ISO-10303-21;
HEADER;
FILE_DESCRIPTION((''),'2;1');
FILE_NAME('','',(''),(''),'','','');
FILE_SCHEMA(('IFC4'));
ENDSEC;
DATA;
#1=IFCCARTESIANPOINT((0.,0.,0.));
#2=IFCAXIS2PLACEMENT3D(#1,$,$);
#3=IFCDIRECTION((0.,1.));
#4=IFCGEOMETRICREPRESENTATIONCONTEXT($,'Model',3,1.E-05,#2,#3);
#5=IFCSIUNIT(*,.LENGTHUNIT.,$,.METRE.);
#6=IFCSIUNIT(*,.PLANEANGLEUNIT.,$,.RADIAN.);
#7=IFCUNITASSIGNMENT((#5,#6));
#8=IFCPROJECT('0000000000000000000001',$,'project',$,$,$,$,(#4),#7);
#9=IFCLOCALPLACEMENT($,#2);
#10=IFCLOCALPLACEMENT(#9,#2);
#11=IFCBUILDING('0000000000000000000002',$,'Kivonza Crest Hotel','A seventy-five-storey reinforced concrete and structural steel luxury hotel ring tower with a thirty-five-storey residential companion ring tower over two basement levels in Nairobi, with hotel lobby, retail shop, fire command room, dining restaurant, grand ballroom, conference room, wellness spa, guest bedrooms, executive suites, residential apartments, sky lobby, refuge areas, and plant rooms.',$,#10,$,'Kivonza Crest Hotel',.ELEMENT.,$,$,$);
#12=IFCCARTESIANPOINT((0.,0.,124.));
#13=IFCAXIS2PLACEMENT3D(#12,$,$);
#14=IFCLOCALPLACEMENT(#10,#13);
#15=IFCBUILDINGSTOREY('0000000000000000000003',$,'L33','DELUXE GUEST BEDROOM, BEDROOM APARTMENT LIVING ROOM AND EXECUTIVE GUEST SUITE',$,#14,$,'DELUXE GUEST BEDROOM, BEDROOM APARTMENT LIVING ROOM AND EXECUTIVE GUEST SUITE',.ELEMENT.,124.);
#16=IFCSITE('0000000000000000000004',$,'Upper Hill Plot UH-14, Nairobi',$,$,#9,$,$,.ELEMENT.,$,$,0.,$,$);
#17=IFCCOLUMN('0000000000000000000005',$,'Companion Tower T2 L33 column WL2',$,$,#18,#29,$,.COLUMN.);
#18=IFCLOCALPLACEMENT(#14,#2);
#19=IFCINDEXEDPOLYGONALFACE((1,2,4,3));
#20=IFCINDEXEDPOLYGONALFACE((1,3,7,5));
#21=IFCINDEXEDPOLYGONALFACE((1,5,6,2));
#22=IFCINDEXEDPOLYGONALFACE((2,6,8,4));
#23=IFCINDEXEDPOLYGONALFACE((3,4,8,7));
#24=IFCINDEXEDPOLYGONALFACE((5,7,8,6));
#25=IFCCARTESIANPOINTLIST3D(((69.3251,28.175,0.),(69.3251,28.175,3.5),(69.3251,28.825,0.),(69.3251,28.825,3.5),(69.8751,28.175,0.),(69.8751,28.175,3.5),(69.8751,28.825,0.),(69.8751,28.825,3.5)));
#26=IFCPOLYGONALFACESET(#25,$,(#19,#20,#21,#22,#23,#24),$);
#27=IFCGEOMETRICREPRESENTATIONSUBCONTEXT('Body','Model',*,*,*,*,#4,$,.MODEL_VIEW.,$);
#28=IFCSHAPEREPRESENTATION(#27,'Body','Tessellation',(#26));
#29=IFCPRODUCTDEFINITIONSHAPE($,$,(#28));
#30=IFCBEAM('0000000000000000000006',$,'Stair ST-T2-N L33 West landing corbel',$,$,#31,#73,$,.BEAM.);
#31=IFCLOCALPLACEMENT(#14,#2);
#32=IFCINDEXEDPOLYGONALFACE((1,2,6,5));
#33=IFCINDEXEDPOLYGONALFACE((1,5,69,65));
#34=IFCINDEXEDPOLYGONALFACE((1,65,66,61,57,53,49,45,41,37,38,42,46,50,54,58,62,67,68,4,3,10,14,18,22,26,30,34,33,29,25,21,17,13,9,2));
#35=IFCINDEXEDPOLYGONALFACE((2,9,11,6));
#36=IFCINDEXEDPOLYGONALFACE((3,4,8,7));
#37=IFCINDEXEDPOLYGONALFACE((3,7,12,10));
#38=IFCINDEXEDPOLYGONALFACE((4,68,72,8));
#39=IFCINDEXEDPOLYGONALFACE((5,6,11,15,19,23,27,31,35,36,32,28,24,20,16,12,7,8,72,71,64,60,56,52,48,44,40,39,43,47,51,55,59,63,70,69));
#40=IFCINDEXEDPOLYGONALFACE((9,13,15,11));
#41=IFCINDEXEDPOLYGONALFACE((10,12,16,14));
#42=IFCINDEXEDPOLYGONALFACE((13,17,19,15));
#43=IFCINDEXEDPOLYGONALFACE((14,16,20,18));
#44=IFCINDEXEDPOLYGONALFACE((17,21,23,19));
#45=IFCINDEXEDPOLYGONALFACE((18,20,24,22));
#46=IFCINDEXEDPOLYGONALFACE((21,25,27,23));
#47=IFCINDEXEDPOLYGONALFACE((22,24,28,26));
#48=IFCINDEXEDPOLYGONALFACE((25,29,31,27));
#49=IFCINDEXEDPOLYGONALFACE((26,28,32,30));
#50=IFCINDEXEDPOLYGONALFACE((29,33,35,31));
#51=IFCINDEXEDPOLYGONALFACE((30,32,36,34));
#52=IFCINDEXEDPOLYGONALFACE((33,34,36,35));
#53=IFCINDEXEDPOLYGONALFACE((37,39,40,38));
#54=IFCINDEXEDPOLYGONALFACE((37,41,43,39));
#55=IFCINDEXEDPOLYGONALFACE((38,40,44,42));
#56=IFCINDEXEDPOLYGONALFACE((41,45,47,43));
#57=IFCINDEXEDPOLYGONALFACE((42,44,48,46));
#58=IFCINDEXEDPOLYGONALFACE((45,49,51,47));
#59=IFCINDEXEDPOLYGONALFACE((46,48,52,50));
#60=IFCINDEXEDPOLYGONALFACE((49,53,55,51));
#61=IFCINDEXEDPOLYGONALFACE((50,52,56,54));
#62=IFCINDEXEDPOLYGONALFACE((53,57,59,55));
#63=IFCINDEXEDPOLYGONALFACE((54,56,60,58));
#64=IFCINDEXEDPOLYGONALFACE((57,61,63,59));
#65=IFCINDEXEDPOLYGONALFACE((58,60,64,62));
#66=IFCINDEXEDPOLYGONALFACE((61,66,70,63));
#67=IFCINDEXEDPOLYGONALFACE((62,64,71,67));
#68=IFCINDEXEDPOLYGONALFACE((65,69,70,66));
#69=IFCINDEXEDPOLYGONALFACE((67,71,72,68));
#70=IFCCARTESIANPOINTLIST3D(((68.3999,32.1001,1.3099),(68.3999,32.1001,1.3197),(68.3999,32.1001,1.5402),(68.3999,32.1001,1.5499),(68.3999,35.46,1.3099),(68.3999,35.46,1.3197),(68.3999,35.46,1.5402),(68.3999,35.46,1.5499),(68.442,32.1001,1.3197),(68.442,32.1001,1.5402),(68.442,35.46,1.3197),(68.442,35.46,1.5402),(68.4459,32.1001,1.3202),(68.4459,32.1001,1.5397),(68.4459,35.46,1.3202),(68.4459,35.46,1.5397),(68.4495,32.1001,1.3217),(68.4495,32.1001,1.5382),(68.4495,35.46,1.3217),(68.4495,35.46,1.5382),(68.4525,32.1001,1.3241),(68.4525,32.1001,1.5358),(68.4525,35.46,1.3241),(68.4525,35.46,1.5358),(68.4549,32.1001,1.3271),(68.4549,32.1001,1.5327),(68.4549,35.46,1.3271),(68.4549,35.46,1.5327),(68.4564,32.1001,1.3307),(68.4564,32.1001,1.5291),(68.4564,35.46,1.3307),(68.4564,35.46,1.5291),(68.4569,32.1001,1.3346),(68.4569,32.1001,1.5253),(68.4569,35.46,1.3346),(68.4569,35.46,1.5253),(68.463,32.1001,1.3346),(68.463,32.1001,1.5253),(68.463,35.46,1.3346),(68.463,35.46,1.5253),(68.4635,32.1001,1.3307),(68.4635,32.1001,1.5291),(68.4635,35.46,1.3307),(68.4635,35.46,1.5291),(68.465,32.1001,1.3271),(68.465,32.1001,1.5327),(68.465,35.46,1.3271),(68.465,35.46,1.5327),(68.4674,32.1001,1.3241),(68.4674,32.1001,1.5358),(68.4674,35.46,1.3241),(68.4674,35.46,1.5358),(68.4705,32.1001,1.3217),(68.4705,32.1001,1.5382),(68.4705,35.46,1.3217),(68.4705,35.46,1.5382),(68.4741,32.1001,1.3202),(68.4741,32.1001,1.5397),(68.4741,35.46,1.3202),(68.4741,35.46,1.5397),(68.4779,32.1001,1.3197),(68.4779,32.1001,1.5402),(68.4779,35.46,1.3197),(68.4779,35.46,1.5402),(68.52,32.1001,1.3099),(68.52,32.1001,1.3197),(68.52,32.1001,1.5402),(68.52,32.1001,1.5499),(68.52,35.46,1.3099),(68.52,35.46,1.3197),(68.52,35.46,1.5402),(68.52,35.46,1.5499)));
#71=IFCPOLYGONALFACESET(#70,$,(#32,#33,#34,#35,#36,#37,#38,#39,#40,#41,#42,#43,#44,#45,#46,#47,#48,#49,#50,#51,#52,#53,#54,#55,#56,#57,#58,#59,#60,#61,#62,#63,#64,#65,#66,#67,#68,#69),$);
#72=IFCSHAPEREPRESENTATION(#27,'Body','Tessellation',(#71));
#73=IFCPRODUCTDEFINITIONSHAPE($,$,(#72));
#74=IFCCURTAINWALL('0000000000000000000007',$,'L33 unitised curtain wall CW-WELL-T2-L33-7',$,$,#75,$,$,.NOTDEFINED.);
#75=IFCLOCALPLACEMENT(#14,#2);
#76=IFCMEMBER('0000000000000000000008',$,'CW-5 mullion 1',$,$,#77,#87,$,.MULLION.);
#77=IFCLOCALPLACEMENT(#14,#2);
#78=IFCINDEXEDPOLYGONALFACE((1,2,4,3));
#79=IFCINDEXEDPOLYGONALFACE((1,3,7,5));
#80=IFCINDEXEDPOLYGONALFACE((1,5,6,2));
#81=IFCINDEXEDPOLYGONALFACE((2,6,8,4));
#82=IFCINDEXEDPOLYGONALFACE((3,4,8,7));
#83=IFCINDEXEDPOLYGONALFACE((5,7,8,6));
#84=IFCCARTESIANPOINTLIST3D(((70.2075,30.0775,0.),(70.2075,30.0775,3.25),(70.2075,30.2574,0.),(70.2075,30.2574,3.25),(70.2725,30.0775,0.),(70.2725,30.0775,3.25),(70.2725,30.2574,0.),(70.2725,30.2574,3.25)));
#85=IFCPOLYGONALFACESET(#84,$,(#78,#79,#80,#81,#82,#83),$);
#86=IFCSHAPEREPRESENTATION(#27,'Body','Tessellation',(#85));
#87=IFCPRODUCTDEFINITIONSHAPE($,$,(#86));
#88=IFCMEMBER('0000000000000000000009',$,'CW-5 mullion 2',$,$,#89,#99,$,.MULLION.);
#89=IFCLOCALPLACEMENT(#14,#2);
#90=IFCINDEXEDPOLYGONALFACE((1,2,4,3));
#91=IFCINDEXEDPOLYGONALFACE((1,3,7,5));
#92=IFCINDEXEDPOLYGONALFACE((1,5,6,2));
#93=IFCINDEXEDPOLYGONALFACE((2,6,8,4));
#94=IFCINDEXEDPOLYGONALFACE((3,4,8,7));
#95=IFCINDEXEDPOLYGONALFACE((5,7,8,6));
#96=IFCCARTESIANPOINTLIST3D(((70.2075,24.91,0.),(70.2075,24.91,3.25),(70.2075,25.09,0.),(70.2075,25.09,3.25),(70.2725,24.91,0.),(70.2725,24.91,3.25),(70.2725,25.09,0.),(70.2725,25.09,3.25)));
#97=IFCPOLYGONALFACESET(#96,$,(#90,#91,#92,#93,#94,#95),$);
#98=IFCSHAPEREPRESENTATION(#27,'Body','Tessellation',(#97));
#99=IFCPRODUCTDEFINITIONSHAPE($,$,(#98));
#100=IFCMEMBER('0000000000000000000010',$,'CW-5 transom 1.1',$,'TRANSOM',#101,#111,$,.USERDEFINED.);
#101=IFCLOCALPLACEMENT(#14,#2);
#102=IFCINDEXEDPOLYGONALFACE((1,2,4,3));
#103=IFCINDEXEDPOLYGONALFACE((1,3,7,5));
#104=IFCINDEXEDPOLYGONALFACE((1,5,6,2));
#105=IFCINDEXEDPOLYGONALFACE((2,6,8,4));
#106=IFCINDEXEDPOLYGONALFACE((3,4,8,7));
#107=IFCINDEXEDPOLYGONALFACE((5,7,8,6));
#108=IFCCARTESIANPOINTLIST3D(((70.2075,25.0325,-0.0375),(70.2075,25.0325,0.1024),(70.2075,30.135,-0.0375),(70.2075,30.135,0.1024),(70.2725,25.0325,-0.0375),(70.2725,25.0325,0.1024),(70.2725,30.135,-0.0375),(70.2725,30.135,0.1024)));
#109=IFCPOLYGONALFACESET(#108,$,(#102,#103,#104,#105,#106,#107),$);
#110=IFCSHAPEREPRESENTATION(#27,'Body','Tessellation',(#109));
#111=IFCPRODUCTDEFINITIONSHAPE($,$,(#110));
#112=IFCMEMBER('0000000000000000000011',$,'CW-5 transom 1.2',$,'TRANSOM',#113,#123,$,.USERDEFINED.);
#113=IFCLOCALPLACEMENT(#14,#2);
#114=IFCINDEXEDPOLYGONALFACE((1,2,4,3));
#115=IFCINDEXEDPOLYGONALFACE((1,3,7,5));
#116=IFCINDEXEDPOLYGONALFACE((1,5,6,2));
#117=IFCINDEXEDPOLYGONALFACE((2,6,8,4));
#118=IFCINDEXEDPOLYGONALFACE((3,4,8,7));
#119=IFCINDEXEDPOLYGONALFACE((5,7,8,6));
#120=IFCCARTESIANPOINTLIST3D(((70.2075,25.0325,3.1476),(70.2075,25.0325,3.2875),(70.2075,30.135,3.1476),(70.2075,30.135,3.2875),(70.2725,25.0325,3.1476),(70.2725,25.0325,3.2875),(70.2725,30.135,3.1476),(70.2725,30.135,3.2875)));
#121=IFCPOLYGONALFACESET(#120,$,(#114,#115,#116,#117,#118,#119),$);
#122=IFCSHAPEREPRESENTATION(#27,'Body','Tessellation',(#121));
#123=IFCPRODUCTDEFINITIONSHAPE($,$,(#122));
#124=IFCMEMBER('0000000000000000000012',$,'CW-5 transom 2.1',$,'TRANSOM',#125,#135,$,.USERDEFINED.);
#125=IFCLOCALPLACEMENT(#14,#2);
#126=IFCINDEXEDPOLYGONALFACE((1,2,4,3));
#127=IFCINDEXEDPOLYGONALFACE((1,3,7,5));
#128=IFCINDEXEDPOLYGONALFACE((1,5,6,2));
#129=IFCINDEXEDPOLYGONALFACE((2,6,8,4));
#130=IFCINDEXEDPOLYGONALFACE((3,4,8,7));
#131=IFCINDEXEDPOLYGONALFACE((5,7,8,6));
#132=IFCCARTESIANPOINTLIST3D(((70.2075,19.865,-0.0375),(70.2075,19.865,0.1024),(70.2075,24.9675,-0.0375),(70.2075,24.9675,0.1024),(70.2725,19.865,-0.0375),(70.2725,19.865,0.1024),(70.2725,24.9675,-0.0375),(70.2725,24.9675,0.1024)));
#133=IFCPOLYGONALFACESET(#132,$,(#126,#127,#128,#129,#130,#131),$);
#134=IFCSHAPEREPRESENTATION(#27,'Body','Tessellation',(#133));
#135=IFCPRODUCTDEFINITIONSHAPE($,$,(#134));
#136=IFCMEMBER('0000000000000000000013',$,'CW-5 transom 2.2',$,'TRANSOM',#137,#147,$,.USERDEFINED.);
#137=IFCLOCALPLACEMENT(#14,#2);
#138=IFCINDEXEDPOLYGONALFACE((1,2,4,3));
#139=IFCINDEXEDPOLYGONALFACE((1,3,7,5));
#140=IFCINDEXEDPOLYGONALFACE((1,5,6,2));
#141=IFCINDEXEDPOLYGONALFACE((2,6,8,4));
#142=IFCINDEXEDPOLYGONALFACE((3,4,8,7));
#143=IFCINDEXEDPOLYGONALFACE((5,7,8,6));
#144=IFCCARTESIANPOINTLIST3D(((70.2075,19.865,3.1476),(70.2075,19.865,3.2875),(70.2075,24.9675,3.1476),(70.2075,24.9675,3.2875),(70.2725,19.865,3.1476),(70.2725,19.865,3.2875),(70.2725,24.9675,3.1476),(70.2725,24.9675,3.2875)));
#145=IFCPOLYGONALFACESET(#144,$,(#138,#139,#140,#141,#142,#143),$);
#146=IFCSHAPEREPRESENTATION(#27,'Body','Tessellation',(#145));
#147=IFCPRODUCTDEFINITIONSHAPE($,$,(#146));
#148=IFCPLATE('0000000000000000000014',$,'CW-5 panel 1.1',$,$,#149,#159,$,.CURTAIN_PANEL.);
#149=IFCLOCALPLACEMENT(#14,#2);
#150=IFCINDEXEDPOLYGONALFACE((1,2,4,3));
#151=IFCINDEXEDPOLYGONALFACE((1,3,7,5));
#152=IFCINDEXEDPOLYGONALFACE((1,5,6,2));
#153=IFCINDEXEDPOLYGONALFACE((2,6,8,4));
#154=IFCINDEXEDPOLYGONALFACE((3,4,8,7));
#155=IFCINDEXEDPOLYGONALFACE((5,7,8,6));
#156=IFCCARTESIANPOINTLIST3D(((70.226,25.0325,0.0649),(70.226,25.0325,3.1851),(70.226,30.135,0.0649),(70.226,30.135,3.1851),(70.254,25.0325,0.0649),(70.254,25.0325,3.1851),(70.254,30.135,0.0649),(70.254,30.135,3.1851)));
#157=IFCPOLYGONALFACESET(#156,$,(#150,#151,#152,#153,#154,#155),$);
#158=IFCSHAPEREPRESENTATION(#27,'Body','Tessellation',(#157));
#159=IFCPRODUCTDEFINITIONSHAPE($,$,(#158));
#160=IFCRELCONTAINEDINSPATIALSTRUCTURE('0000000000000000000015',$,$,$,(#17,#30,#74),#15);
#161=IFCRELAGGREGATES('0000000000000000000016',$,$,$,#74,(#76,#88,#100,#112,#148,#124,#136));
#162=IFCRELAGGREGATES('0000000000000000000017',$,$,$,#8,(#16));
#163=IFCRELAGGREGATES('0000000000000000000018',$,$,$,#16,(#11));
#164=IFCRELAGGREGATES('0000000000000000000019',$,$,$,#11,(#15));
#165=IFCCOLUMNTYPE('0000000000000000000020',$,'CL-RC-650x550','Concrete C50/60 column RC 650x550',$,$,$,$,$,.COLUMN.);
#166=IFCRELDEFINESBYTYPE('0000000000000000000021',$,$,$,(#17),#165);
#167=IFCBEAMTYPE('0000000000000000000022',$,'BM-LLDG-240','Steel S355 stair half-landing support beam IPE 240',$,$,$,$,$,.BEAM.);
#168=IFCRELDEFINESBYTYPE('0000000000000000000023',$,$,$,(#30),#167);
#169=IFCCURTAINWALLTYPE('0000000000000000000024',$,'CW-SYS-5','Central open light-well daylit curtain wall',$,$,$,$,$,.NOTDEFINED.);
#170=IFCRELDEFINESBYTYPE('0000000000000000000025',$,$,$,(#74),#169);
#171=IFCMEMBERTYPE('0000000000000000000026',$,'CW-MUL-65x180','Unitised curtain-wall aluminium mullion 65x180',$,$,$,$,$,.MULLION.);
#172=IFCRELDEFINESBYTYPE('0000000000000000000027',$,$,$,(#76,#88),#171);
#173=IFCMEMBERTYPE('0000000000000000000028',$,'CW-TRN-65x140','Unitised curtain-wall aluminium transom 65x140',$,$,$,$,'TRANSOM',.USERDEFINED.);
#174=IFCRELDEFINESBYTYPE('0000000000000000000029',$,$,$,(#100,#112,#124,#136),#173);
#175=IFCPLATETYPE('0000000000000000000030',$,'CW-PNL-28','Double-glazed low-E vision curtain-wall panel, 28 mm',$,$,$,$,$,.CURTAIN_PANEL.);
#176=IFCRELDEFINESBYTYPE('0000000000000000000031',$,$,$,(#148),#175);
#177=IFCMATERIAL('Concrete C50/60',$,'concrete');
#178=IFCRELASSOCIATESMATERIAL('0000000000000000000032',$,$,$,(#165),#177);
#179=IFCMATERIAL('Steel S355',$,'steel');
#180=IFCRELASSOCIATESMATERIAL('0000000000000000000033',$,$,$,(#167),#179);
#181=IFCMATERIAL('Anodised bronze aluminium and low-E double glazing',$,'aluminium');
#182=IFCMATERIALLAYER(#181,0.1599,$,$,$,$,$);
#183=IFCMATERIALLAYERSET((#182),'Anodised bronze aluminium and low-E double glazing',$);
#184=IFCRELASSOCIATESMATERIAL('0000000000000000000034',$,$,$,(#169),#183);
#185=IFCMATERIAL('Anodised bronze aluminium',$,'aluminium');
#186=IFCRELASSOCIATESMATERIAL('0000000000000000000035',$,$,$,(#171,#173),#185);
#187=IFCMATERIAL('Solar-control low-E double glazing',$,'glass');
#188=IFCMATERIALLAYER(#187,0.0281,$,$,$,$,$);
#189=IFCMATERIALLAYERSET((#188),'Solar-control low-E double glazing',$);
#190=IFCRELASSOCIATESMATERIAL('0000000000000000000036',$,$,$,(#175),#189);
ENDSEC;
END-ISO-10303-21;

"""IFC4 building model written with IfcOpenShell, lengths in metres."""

from ifc_helpers import new_model, si_unit, direction, frame, origin, origin_2d, place, context, subcontext, project, spatial, rectangle, i_section, extrude, material, layer, layer_set, material_profile, profile_set, type_object, element, aggregate, save


model = new_model("IFC4")

# Units and contexts
model_context = context("Model", 3, precision=1e-05, world=origin(), true_north=direction((0.0, 1.0)))
body_context = subcontext(model_context, "Body", "Model", "MODEL_VIEW")
ifc_project = project(units=[si_unit("LENGTHUNIT", "METRE"), si_unit("PLANEANGLEUNIT", "RADIAN")], contexts=[model_context])

# Site, building, storey
site_placement = place(None, origin())
site = spatial("IfcSite", under=ifc_project, at=site_placement, Name="Upper Hill Plot UH-14, Nairobi", CompositionType="ELEMENT", RefElevation=0.0)
building_placement = place(site_placement, origin())
building = spatial("IfcBuilding", under=site, at=building_placement, Name="Kivonza Crest Hotel", Description="A seventy-five-storey reinforced concrete and structural steel luxury hotel ring tower with a thirty-five-storey residential companion ring tower over two basement levels in Nairobi, with hotel lobby, retail shop, fire command room, dining restaurant, grand ballroom, conference room, wellness spa, guest bedrooms, executive suites, residential apartments, sky lobby, refuge areas, and plant rooms.", LongName="Kivonza Crest Hotel", CompositionType="ELEMENT")
storey_placement = place(building_placement, frame((0.0, 0.0, 124.0)))
storey = spatial("IfcBuildingStorey", under=building, at=storey_placement, Name="L33", Description="DELUXE GUEST BEDROOM, BEDROOM APARTMENT LIVING ROOM AND EXECUTIVE GUEST SUITE", LongName="DELUXE GUEST BEDROOM, BEDROOM APARTMENT LIVING ROOM AND EXECUTIVE GUEST SUITE", CompositionType="ELEMENT", Elevation=124.0)

# Column
ifc_material_1 = material(Name="Concrete C50/60", Category="concrete")
ifc_material_profile_1 = material_profile(ifc_material_1, rectangle(XDim=0.55, YDim=0.6499, at=origin_2d()), Name="RC 650x550")
ifc_profile_set_1 = profile_set([ifc_material_profile_1], Name="Concrete C50/60")
column_type = type_object("IfcColumnType", Name="CL-RC-650x550", Description="Concrete C50/60 column RC 650x550", PredefinedType="COLUMN", material=ifc_profile_set_1)
column_placement = place(storey_placement, frame((69.6001, 28.5, 0.0), z_axis=(0.0, 0.0, 1.0), x_axis=(1.0, 0.0, 0.0)))
element("IfcColumn", 1, at=column_placement, inside=storey, type_object=column_type, Name="Companion Tower T2 L33 column WL2", PredefinedType="COLUMN", context=body_context, shape_type="SweptSolid", body=[
    extrude(rectangle(XDim=0.55, YDim=0.6499, at=origin_2d()), origin(), (0.0, 0.0, 1.0), 3.5),
])

# Beam
ifc_material_2 = material(Name="Steel S355", Category="steel")
ifc_material_profile_2 = material_profile(ifc_material_2, i_section(OverallWidth=0.1201, OverallDepth=0.24, WebThickness=0.0061, FlangeThickness=0.0098, FilletRadius=0.0149, at=origin_2d()), Name="IPE 240")
ifc_profile_set_2 = profile_set([ifc_material_profile_2], Name="Steel S355")
beam_type = type_object("IfcBeamType", Name="BM-LLDG-240", Description="Steel S355 stair half-landing support beam IPE 240", PredefinedType="BEAM", material=ifc_profile_set_2)
beam_placement = place(storey_placement, frame((68.46, 32.1001, 1.4299), z_axis=(0.0, 1.0, 0.0), x_axis=(-1.0, 0.0, 0.0)))
element("IfcBeam", 2, at=beam_placement, inside=storey, type_object=beam_type, Name="Stair ST-T2-N L33 West landing corbel", PredefinedType="BEAM", context=body_context, shape_type="SweptSolid", body=[
    extrude(i_section(OverallWidth=0.1201, OverallDepth=0.24, WebThickness=0.0061, FlangeThickness=0.0098, FilletRadius=0.0149, at=origin_2d()), origin(), (0.0, 0.0, 1.0), 3.3599),
])

# Curtain wall, members, plate
ifc_material_3 = material(Name="Anodised bronze aluminium and low-E double glazing", Category="aluminium")
ifc_layer_1 = layer(ifc_material_3, 0.1599)
ifc_layer_set_1 = layer_set([ifc_layer_1], Name="Anodised bronze aluminium and low-E double glazing")
curtain_wall_type = type_object("IfcCurtainWallType", Name="CW-SYS-5", Description="Central open light-well daylit curtain wall", PredefinedType="NOTDEFINED", material=ifc_layer_set_1)
curtain_wall_placement = place(storey_placement, origin())
curtain_wall = element("IfcCurtainWall", 3, at=curtain_wall_placement, inside=storey, type_object=curtain_wall_type, Name="L33 unitised curtain wall CW-WELL-T2-L33-7", PredefinedType="NOTDEFINED")
ifc_material_4 = material(Name="Anodised bronze aluminium", Category="aluminium")
ifc_material_profile_3 = material_profile(ifc_material_4, rectangle(XDim=0.0649, YDim=0.1799, at=origin_2d()), Name="CW-M 65x180")
ifc_profile_set_3 = profile_set([ifc_material_profile_3], Name="Anodised bronze aluminium")
member_type_1 = type_object("IfcMemberType", Name="CW-MUL-65x180", Description="Unitised curtain-wall aluminium mullion 65x180", PredefinedType="MULLION", material=ifc_profile_set_3)
member_1_placement = place(storey_placement, frame((70.24, 30.1675, 0.0), z_axis=(0.0, 0.0, 1.0), x_axis=(1.0, 0.0, 0.0)))
member_1 = element("IfcMember", 4, at=member_1_placement, type_object=member_type_1, Name="CW-5 mullion 1", PredefinedType="MULLION", context=body_context, shape_type="SweptSolid", body=[
    extrude(rectangle(XDim=0.0649, YDim=0.1799, at=origin_2d()), origin(), (0.0, 0.0, 1.0), 3.25),
])
member_2_placement = place(storey_placement, frame((70.24, 25.0, 0.0), z_axis=(0.0, 0.0, 1.0), x_axis=(1.0, 0.0, 0.0)))
member_2 = element("IfcMember", 5, at=member_2_placement, type_object=member_type_1, Name="CW-5 mullion 2", PredefinedType="MULLION", context=body_context, shape_type="SweptSolid", body=[
    extrude(rectangle(XDim=0.0649, YDim=0.1799, at=origin_2d()), origin(), (0.0, 0.0, 1.0), 3.25),
])
ifc_material_profile_4 = material_profile(ifc_material_4, rectangle(XDim=0.0649, YDim=0.1399, at=origin_2d()), Name="CW-T 65x140")
ifc_profile_set_4 = profile_set([ifc_material_profile_4], Name="Anodised bronze aluminium")
member_type_2 = type_object("IfcMemberType", Name="CW-TRN-65x140", Description="Unitised curtain-wall aluminium transom 65x140", ElementType="TRANSOM", PredefinedType="USERDEFINED", material=ifc_profile_set_4)
member_3_placement = place(storey_placement, frame((70.24, 30.135, 0.0325), z_axis=(0.0, -1.0, 0.0), x_axis=(1.0, 0.0, 0.0)))
member_3 = element("IfcMember", 6, at=member_3_placement, type_object=member_type_2, Name="CW-5 transom 1.1", ObjectType="TRANSOM", PredefinedType="USERDEFINED", context=body_context, shape_type="SweptSolid", body=[
    extrude(rectangle(XDim=0.0649, YDim=0.1399, at=origin_2d()), origin(), (0.0, 0.0, 1.0), 5.1025),
])
member_4_placement = place(storey_placement, frame((70.24, 30.135, 3.2175), z_axis=(0.0, -1.0, 0.0), x_axis=(1.0, 0.0, 0.0)))
member_4 = element("IfcMember", 7, at=member_4_placement, type_object=member_type_2, Name="CW-5 transom 1.2", ObjectType="TRANSOM", PredefinedType="USERDEFINED", context=body_context, shape_type="SweptSolid", body=[
    extrude(rectangle(XDim=0.0649, YDim=0.1399, at=origin_2d()), origin(), (0.0, 0.0, 1.0), 5.1025),
])
member_5_placement = place(storey_placement, frame((70.24, 24.9675, 0.0325), z_axis=(0.0, -1.0, 0.0), x_axis=(1.0, 0.0, 0.0)))
member_5 = element("IfcMember", 8, at=member_5_placement, type_object=member_type_2, Name="CW-5 transom 2.1", ObjectType="TRANSOM", PredefinedType="USERDEFINED", context=body_context, shape_type="SweptSolid", body=[
    extrude(rectangle(XDim=0.0649, YDim=0.1399, at=origin_2d()), origin(), (0.0, 0.0, 1.0), 5.1025),
])
member_6_placement = place(storey_placement, frame((70.24, 24.9675, 3.2175), z_axis=(0.0, -1.0, 0.0), x_axis=(1.0, 0.0, 0.0)))
member_6 = element("IfcMember", 9, at=member_6_placement, type_object=member_type_2, Name="CW-5 transom 2.2", ObjectType="TRANSOM", PredefinedType="USERDEFINED", context=body_context, shape_type="SweptSolid", body=[
    extrude(rectangle(XDim=0.0649, YDim=0.1399, at=origin_2d()), origin(), (0.0, 0.0, 1.0), 5.1025),
])
ifc_material_5 = material(Name="Solar-control low-E double glazing", Category="glass")
ifc_layer_2 = layer(ifc_material_5, 0.0281)
ifc_layer_set_2 = layer_set([ifc_layer_2], Name="Solar-control low-E double glazing")
plate_type = type_object("IfcPlateType", Name="CW-PNL-28", Description="Double-glazed low-E vision curtain-wall panel, 28 mm", PredefinedType="CURTAIN_PANEL", material=ifc_layer_set_2)
plate_placement = place(storey_placement, frame((70.24, 27.5837, 0.0649), z_axis=(0.0, 0.0, 1.0), x_axis=(0.0, -1.0, 0.0)))
plate = element("IfcPlate", 10, at=plate_placement, type_object=plate_type, Name="CW-5 panel 1.1", PredefinedType="CURTAIN_PANEL", context=body_context, shape_type="SweptSolid", body=[
    extrude(rectangle(XDim=5.1025, YDim=0.0281, at=origin_2d()), origin(), (0.0, 0.0, 1.0), 3.1201),
])
aggregate(curtain_wall, [member_1, member_2, member_3, member_4, plate, member_5, member_6])

save(model, "model.ifc")
